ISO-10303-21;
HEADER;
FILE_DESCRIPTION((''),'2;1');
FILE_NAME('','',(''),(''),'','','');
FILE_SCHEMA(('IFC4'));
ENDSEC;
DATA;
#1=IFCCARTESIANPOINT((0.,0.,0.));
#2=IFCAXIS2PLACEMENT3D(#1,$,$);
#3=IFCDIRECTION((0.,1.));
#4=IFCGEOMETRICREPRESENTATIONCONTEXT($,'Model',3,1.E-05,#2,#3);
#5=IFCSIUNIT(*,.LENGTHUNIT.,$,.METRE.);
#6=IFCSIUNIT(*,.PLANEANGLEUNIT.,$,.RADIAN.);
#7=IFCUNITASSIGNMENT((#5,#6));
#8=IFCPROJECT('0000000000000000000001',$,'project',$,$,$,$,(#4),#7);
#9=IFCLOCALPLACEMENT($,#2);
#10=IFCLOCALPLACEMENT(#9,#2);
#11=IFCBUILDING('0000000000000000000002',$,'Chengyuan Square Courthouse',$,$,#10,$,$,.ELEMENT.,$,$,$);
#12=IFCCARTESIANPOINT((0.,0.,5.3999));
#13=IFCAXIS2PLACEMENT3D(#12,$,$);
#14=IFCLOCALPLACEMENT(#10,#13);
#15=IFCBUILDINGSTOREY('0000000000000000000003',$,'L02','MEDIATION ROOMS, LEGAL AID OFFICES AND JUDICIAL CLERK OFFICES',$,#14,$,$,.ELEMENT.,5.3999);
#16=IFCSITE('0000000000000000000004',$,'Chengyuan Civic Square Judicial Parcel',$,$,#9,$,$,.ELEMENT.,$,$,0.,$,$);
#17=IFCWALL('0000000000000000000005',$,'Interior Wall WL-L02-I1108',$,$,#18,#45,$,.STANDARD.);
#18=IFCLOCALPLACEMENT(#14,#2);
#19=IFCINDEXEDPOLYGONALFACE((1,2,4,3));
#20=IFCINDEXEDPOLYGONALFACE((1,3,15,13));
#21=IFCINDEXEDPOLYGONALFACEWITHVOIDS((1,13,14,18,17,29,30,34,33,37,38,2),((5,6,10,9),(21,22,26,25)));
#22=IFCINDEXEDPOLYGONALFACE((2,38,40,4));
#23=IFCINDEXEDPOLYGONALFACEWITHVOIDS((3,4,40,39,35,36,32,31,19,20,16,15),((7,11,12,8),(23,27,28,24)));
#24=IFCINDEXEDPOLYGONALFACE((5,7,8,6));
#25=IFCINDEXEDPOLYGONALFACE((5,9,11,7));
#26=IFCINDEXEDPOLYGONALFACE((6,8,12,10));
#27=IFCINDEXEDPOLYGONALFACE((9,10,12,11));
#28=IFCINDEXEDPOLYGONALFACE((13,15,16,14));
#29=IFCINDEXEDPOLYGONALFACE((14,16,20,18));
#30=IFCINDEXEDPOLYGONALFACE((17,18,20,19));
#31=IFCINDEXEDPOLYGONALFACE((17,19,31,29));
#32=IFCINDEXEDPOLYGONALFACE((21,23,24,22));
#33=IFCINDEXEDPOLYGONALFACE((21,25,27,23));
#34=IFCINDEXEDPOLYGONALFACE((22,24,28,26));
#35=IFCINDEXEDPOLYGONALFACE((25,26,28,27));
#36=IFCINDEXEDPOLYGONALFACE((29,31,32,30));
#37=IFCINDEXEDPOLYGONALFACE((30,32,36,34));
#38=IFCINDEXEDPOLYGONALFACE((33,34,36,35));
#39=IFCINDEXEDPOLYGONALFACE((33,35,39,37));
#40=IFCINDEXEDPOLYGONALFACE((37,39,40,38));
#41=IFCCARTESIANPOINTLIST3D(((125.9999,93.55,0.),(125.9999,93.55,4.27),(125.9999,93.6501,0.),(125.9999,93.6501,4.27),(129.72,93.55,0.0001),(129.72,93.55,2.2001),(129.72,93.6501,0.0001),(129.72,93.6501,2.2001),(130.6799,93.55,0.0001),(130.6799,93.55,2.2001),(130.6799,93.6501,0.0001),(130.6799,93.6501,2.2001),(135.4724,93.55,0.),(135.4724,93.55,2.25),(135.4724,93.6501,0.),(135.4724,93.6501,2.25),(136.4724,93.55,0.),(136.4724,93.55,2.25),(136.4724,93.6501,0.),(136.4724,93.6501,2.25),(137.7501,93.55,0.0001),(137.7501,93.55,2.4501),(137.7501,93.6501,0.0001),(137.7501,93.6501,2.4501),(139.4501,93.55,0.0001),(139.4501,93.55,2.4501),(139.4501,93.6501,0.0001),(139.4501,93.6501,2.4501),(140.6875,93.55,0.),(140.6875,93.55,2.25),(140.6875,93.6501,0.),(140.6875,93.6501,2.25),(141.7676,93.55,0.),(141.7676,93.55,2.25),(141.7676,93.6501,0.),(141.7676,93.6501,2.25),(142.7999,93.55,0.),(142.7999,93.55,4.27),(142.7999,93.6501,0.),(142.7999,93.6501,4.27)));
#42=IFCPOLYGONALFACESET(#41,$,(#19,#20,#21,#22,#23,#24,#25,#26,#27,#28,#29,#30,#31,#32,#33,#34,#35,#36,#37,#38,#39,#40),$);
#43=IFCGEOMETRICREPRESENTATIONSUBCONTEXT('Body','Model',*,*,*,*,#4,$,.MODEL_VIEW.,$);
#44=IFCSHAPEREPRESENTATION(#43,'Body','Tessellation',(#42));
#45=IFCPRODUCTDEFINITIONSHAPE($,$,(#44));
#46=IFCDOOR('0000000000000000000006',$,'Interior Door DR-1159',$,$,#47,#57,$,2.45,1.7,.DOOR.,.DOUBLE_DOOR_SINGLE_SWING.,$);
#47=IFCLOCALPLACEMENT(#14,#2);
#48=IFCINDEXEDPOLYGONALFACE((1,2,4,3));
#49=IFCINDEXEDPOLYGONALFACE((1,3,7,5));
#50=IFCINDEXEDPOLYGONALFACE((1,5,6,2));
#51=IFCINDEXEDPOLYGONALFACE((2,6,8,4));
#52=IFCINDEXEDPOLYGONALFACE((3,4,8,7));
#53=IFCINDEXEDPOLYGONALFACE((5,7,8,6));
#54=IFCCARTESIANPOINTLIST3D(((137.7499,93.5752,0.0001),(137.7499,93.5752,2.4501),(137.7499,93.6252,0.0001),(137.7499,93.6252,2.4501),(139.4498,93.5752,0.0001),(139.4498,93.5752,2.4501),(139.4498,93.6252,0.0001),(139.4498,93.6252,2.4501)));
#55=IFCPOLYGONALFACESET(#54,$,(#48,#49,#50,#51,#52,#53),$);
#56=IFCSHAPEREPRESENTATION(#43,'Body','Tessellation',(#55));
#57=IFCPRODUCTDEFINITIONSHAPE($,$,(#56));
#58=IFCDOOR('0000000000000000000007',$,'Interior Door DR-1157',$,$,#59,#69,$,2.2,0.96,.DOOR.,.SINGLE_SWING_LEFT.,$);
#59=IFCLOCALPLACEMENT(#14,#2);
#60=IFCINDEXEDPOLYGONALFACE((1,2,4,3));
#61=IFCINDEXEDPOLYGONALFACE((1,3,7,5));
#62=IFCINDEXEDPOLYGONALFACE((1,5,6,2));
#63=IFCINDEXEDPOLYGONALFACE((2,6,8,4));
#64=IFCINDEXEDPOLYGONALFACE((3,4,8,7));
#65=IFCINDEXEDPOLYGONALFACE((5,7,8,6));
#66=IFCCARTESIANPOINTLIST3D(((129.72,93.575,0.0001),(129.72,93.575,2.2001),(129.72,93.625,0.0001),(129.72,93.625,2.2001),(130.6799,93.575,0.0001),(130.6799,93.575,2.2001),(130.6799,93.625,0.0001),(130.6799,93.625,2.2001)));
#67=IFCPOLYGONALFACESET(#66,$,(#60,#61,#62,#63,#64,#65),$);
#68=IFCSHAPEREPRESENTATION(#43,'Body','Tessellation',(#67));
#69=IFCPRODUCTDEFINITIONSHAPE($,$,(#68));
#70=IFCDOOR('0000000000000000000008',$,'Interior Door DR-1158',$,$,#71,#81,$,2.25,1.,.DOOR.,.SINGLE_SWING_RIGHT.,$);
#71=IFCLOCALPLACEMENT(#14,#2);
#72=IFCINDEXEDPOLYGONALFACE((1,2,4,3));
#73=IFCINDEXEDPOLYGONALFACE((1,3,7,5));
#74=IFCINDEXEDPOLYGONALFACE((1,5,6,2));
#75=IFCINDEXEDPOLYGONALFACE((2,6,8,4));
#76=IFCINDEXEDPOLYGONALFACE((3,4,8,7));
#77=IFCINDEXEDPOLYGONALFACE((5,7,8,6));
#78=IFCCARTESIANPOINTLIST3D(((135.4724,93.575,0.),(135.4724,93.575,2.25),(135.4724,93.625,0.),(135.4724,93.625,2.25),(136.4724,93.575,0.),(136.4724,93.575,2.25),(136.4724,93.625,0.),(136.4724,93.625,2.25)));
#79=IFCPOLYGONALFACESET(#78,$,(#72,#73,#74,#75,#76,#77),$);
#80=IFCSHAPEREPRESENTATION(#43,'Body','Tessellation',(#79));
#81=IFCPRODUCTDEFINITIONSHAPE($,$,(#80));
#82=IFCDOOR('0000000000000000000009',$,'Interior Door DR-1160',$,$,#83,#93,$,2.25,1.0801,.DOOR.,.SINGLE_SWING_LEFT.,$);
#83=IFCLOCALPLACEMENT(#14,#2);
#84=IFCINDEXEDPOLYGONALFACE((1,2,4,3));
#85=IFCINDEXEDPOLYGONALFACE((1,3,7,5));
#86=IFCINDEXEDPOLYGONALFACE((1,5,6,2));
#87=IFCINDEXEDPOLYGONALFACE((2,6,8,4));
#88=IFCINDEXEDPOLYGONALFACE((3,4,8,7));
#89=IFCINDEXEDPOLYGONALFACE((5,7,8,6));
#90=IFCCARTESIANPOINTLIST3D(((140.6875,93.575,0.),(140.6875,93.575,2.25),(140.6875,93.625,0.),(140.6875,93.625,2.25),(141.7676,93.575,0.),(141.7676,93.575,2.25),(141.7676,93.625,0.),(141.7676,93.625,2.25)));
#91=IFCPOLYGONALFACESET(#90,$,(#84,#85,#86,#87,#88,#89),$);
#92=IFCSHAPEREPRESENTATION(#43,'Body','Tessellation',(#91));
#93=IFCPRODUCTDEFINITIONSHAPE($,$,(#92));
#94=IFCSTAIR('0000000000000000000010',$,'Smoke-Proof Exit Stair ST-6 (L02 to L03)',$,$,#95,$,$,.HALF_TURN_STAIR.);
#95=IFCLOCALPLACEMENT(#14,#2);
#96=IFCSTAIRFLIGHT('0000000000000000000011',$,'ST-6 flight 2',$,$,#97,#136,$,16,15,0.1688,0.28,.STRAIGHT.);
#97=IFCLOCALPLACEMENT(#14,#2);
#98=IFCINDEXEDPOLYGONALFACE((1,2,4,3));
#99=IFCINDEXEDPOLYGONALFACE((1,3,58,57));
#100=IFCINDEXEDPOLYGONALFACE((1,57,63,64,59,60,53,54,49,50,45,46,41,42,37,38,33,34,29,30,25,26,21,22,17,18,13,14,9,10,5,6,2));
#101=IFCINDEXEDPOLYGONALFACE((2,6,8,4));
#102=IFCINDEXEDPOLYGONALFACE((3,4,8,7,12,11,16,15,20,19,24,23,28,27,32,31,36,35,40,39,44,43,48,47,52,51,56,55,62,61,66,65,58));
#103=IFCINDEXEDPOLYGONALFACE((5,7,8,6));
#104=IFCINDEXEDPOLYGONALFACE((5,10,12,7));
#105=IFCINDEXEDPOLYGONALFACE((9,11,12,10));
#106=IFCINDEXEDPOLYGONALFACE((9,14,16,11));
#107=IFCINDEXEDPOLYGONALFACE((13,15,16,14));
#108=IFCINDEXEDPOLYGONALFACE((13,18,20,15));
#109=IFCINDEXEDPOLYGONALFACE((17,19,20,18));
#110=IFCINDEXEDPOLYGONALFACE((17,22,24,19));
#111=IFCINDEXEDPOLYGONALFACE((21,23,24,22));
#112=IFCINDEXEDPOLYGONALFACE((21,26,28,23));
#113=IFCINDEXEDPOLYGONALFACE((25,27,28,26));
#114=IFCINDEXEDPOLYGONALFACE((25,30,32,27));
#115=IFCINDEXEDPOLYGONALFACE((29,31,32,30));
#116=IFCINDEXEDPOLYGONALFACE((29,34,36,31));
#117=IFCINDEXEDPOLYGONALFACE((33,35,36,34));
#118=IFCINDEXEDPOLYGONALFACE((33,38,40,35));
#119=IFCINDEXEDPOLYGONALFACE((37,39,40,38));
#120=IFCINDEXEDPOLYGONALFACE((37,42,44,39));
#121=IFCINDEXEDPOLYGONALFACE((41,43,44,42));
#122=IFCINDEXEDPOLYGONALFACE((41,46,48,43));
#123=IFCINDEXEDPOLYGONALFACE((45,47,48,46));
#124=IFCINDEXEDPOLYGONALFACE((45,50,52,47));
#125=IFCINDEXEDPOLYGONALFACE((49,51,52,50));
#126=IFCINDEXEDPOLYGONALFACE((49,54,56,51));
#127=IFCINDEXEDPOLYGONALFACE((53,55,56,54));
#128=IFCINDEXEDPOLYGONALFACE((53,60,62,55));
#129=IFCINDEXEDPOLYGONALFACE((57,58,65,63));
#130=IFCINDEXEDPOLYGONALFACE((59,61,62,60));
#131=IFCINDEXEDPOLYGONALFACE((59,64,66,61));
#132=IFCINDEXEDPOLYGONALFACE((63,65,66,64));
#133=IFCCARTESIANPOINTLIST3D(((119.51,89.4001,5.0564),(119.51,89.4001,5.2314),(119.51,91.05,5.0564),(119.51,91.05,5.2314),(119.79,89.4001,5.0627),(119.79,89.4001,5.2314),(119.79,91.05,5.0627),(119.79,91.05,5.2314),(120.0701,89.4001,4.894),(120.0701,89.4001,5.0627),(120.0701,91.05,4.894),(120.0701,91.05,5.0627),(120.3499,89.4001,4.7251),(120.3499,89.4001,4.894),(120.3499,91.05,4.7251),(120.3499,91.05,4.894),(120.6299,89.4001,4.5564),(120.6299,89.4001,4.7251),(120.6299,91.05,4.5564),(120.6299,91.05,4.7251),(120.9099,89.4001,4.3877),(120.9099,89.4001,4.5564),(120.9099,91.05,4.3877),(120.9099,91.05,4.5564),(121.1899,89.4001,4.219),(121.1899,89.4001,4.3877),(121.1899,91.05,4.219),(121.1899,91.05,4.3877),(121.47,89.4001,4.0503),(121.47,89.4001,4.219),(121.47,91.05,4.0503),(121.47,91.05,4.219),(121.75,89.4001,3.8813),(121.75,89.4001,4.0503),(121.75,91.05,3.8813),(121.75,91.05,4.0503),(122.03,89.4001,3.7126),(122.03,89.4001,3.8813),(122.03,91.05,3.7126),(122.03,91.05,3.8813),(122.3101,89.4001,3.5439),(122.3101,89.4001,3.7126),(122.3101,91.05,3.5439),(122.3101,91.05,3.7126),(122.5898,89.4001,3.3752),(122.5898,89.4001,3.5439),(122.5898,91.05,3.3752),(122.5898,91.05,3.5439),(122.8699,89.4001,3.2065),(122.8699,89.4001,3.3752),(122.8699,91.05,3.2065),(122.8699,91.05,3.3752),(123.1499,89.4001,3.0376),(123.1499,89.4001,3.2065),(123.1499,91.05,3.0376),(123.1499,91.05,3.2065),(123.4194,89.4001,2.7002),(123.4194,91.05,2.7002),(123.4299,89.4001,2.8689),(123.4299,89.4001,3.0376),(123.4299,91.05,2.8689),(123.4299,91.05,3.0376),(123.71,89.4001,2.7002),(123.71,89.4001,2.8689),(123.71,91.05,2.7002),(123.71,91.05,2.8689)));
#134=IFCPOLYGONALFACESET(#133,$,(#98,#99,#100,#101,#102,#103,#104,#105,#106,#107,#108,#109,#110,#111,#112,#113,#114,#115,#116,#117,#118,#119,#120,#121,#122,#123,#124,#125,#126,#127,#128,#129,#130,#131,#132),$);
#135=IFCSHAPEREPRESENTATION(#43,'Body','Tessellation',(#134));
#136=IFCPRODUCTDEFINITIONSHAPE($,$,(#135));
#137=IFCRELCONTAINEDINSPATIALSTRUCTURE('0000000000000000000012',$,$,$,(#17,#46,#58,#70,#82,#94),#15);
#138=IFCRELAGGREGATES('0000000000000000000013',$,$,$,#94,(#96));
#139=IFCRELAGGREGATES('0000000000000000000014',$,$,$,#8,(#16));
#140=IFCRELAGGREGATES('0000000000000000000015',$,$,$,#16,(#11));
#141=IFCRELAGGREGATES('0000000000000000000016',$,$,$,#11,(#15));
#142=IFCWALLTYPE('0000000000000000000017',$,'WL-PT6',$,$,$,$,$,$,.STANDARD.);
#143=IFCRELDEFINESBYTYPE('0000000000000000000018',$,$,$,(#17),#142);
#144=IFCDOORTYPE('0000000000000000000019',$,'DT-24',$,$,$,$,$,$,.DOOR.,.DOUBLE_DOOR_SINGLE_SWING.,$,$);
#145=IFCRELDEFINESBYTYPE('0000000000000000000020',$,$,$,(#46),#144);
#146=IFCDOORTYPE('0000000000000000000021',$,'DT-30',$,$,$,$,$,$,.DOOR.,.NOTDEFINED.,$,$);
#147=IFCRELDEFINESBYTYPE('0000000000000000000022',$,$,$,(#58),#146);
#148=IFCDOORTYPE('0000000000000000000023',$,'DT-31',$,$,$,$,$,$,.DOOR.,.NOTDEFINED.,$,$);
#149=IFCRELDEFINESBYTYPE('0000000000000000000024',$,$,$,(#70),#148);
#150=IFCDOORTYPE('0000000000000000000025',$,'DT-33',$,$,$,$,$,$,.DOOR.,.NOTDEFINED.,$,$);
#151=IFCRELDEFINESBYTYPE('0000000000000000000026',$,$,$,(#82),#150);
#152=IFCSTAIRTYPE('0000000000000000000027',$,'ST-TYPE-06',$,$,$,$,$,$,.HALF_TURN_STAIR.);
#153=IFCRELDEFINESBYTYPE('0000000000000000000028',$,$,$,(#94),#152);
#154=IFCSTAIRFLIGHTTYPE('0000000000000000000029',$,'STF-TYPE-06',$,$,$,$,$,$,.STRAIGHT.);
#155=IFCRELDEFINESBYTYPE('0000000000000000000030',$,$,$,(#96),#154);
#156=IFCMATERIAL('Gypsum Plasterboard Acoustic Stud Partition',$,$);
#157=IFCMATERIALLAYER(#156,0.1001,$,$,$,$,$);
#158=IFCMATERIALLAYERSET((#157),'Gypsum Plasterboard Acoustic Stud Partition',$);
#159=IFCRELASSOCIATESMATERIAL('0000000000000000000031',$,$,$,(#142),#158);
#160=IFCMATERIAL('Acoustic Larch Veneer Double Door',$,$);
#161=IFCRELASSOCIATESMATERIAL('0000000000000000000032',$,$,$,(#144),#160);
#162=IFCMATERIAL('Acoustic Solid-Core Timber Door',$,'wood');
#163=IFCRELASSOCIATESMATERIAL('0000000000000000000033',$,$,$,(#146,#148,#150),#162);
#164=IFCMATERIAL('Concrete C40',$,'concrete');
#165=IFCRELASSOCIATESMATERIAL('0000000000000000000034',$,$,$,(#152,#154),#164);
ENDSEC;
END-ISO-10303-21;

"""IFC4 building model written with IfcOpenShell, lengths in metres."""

from ifc_helpers import new_model, si_unit, direction, frame, frame_2d, origin, place, context, subcontext, project, spatial, polyline, rectangle, outline, extrude, material, layer, layer_set, type_object, element, fill, aggregate, save


model = new_model("IFC4")

# Units and contexts
model_context = context("Model", 3, precision=1e-05, world=origin(), true_north=direction((0.0, 1.0)))
body_context = subcontext(model_context, "Body", "Model", "MODEL_VIEW")
ifc_project = project(units=[si_unit("LENGTHUNIT", "METRE"), si_unit("PLANEANGLEUNIT", "RADIAN")], contexts=[model_context])

# Site, building, storey
site_placement = place(None, origin())
site = spatial("IfcSite", under=ifc_project, at=site_placement, Name="Chengyuan Civic Square Judicial Parcel", CompositionType="ELEMENT", RefElevation=0.0)
building_placement = place(site_placement, origin())
building = spatial("IfcBuilding", under=site, at=building_placement, Name="Chengyuan Square Courthouse", CompositionType="ELEMENT")
storey_placement = place(building_placement, frame((0.0, 0.0, 5.3999)))
storey = spatial("IfcBuildingStorey", under=building, at=storey_placement, Name="L02", Description="MEDIATION ROOMS, LEGAL AID OFFICES AND JUDICIAL CLERK OFFICES", CompositionType="ELEMENT", Elevation=5.3999)

# Shared definitions
ifc_material_1 = material(Name="Concrete C40", Category="concrete")

# Shared definitions
ifc_material_2 = material(Name="Acoustic Solid-Core Timber Door", Category="wood")

# Wall, openings, doors
ifc_material_3 = material(Name="Gypsum Plasterboard Acoustic Stud Partition")
ifc_layer_1 = layer(ifc_material_3, 0.1001)
ifc_layer_set_1 = layer_set([ifc_layer_1], Name="Gypsum Plasterboard Acoustic Stud Partition")
wall_type_1 = type_object("IfcWallType", Name="WL-PT6", PredefinedType="STANDARD", material=ifc_layer_set_1)
wall_1_placement = place(storey_placement, frame((126.0, 93.6001, 0.0), z_axis=(0.0, 0.0, 1.0), x_axis=(1.0, 0.0, 0.0)))
wall_1 = element("IfcWall", 1, at=wall_1_placement, inside=storey, type_object=wall_type_1, Name="Interior Wall WL-L02-I1108", PredefinedType="STANDARD", context=body_context, shape_type="SweptSolid", body=[
    extrude(rectangle(XDim=16.8, YDim=0.1001, at=frame_2d((8.3999, 0.0))), origin(), (0.0, 0.0, 1.0), 4.27),
])
opening_1_placement = place(wall_1_placement, frame((3.72, 0.0, 0.0)))
opening_1 = element("IfcOpeningElement", 2, at=opening_1_placement, cuts=wall_1, PredefinedType="OPENING", context=body_context, shape_type="SweptSolid", body=[
    extrude(rectangle(XDim=0.96, YDim=2.2, at=frame_2d((0.48, 1.1001))), frame((0.0, 0.062, 0.0), z_axis=(0.0, -1.0, 0.0), x_axis=(1.0, 0.0, 0.0)), (0.0, 0.0, 1.0), 0.124),
])
opening_2_placement = place(wall_1_placement, frame((9.4724, 0.0, 0.0)))
opening_2 = element("IfcOpeningElement", 3, at=opening_2_placement, cuts=wall_1, PredefinedType="OPENING", context=body_context, shape_type="SweptSolid", body=[
    extrude(rectangle(XDim=1.0, YDim=2.25, at=frame_2d((0.5, 1.125))), frame((0.0, 0.062, 0.0), z_axis=(0.0, -1.0, 0.0), x_axis=(1.0, 0.0, 0.0)), (0.0, 0.0, 1.0), 0.124),
])
opening_3_placement = place(wall_1_placement, frame((11.75, 0.0, 0.0)))
opening_3 = element("IfcOpeningElement", 4, at=opening_3_placement, cuts=wall_1, PredefinedType="OPENING", context=body_context, shape_type="SweptSolid", body=[
    extrude(rectangle(XDim=1.7, YDim=2.45, at=frame_2d((0.8501, 1.2251))), frame((0.0, 0.062, 0.0), z_axis=(0.0, -1.0, 0.0), x_axis=(1.0, 0.0, 0.0)), (0.0, 0.0, 1.0), 0.124),
])
opening_4_placement = place(wall_1_placement, frame((14.6875, 0.0, 0.0)))
opening_4 = element("IfcOpeningElement", 5, at=opening_4_placement, cuts=wall_1, PredefinedType="OPENING", context=body_context, shape_type="SweptSolid", body=[
    extrude(rectangle(XDim=1.0801, YDim=2.25, at=frame_2d((0.54, 1.125))), frame((0.0, 0.062, 0.0), z_axis=(0.0, -1.0, 0.0), x_axis=(1.0, 0.0, 0.0)), (0.0, 0.0, 1.0), 0.124),
])
ifc_material_4 = material(Name="Acoustic Larch Veneer Double Door")
door_type_1 = type_object("IfcDoorType", Name="DT-24", OperationType="DOUBLE_DOOR_SINGLE_SWING", PredefinedType="DOOR", material=ifc_material_4)
door_1_placement = place(opening_3_placement, frame((1.7, 0.0, 0.0), z_axis=(0.0, 0.0, 1.0), x_axis=(-1.0, 0.0, 0.0)))
door_1 = element("IfcDoor", 6, at=door_1_placement, inside=storey, type_object=door_type_1, Name="Interior Door DR-1159", OperationType="DOUBLE_DOOR_SINGLE_SWING", OverallHeight=2.45, OverallWidth=1.7, PredefinedType="DOOR", context=body_context, shape_type="SweptSolid", body=[
    extrude(rectangle(XDim=1.7, YDim=2.45, at=frame_2d((0.8501, 1.2251))), frame((0.0, 0.0249, 0.0), z_axis=(0.0, -1.0, 0.0), x_axis=(1.0, 0.0, 0.0)), (0.0, 0.0, 1.0), 0.05),
])
fill(opening_3, door_1)
door_type_2 = type_object("IfcDoorType", Name="DT-30", OperationType="NOTDEFINED", PredefinedType="DOOR", material=ifc_material_2)
door_2_placement = place(opening_1_placement, origin())
door_2 = element("IfcDoor", 7, at=door_2_placement, inside=storey, type_object=door_type_2, Name="Interior Door DR-1157", OperationType="SINGLE_SWING_LEFT", OverallHeight=2.2, OverallWidth=0.96, PredefinedType="DOOR", context=body_context, shape_type="SweptSolid", body=[
    extrude(rectangle(XDim=0.96, YDim=2.2, at=frame_2d((0.48, 1.1001))), frame((0.0, 0.0249, 0.0), z_axis=(0.0, -1.0, 0.0), x_axis=(1.0, 0.0, 0.0)), (0.0, 0.0, 1.0), 0.05),
])
fill(opening_1, door_2)
door_type_3 = type_object("IfcDoorType", Name="DT-31", OperationType="NOTDEFINED", PredefinedType="DOOR", material=ifc_material_2)
door_3_placement = place(opening_2_placement, origin())
door_3 = element("IfcDoor", 8, at=door_3_placement, inside=storey, type_object=door_type_3, Name="Interior Door DR-1158", OperationType="SINGLE_SWING_RIGHT", OverallHeight=2.25, OverallWidth=1.0, PredefinedType="DOOR", context=body_context, shape_type="SweptSolid", body=[
    extrude(rectangle(XDim=1.0, YDim=2.25, at=frame_2d((0.5, 1.125))), frame((0.0, 0.0249, 0.0), z_axis=(0.0, -1.0, 0.0), x_axis=(1.0, 0.0, 0.0)), (0.0, 0.0, 1.0), 0.05),
])
fill(opening_2, door_3)
door_type_4 = type_object("IfcDoorType", Name="DT-33", OperationType="NOTDEFINED", PredefinedType="DOOR", material=ifc_material_2)
door_4_placement = place(opening_4_placement, origin())
door_4 = element("IfcDoor", 9, at=door_4_placement, inside=storey, type_object=door_type_4, Name="Interior Door DR-1160", OperationType="SINGLE_SWING_LEFT", OverallHeight=2.25, OverallWidth=1.0801, PredefinedType="DOOR", context=body_context, shape_type="SweptSolid", body=[
    extrude(rectangle(XDim=1.0801, YDim=2.25, at=frame_2d((0.54, 1.125))), frame((0.0, 0.0249, 0.0), z_axis=(0.0, -1.0, 0.0), x_axis=(1.0, 0.0, 0.0)), (0.0, 0.0, 1.0), 0.05),
])
fill(opening_4, door_4)

# Stair, stair flight
stair_type = type_object("IfcStairType", Name="ST-TYPE-06", PredefinedType="HALF_TURN_STAIR", material=ifc_material_1)
stair_placement = place(storey_placement, origin())
stair = element("IfcStair", 10, at=stair_placement, inside=storey, type_object=stair_type, Name="Smoke-Proof Exit Stair ST-6 (L02 to L03)", PredefinedType="HALF_TURN_STAIR")
stair_flight_type = type_object("IfcStairFlightType", Name="STF-TYPE-06", PredefinedType="STRAIGHT", material=ifc_material_1)
stair_flight_placement = place(storey_placement, frame((123.71, 90.2251, 2.7002), z_axis=(0.0, 0.0, 1.0), x_axis=(-1.0, 0.0, 0.0)))
stair_flight = element("IfcStairFlight", 11, at=stair_flight_placement, type_object=stair_flight_type, Name="ST-6 flight 2", NumberOfRisers=16, NumberOfTreads=15, PredefinedType="STRAIGHT", RiserHeight=0.1688, TreadLength=0.28, context=body_context, shape_type="SweptSolid", body=[
    extrude(outline(polyline([(0.0, 0.0), (0.0, 0.1687), (0.28, 0.1687), (0.28, 0.3374), (0.5601, 0.3374), (0.5601, 0.5063), (0.8401, 0.5063), (0.8401, 0.675), (1.1201, 0.675), (1.1201, 0.8438), (1.3999, 0.8438), (1.3999, 1.0125), (1.6799, 1.0125), (1.6799, 1.1812), (1.96, 1.1812), (1.96, 1.3501), (2.24, 1.3501), (2.24, 1.5188), (2.52, 1.5188), (2.52, 1.6875), (2.8, 1.6875), (2.8, 1.8562), (3.0801, 1.8562), (3.0801, 2.0249), (3.3601, 2.0249), (3.3601, 2.1938), (3.6399, 2.1938), (3.6399, 2.3625), (3.9199, 2.3625), (3.9199, 2.5312), (4.2, 2.5312), (4.2, 2.7), (4.2, 2.3562), (0.2905, 0.0), (0.0, 0.0)])), frame((0.0, 0.825, 0.0), z_axis=(0.0, -1.0, 0.0), x_axis=(1.0, 0.0, 0.0)), (0.0, 0.0, 1.0), 1.6499),
])
aggregate(stair, [stair_flight])

save(model, "model.ifc")
